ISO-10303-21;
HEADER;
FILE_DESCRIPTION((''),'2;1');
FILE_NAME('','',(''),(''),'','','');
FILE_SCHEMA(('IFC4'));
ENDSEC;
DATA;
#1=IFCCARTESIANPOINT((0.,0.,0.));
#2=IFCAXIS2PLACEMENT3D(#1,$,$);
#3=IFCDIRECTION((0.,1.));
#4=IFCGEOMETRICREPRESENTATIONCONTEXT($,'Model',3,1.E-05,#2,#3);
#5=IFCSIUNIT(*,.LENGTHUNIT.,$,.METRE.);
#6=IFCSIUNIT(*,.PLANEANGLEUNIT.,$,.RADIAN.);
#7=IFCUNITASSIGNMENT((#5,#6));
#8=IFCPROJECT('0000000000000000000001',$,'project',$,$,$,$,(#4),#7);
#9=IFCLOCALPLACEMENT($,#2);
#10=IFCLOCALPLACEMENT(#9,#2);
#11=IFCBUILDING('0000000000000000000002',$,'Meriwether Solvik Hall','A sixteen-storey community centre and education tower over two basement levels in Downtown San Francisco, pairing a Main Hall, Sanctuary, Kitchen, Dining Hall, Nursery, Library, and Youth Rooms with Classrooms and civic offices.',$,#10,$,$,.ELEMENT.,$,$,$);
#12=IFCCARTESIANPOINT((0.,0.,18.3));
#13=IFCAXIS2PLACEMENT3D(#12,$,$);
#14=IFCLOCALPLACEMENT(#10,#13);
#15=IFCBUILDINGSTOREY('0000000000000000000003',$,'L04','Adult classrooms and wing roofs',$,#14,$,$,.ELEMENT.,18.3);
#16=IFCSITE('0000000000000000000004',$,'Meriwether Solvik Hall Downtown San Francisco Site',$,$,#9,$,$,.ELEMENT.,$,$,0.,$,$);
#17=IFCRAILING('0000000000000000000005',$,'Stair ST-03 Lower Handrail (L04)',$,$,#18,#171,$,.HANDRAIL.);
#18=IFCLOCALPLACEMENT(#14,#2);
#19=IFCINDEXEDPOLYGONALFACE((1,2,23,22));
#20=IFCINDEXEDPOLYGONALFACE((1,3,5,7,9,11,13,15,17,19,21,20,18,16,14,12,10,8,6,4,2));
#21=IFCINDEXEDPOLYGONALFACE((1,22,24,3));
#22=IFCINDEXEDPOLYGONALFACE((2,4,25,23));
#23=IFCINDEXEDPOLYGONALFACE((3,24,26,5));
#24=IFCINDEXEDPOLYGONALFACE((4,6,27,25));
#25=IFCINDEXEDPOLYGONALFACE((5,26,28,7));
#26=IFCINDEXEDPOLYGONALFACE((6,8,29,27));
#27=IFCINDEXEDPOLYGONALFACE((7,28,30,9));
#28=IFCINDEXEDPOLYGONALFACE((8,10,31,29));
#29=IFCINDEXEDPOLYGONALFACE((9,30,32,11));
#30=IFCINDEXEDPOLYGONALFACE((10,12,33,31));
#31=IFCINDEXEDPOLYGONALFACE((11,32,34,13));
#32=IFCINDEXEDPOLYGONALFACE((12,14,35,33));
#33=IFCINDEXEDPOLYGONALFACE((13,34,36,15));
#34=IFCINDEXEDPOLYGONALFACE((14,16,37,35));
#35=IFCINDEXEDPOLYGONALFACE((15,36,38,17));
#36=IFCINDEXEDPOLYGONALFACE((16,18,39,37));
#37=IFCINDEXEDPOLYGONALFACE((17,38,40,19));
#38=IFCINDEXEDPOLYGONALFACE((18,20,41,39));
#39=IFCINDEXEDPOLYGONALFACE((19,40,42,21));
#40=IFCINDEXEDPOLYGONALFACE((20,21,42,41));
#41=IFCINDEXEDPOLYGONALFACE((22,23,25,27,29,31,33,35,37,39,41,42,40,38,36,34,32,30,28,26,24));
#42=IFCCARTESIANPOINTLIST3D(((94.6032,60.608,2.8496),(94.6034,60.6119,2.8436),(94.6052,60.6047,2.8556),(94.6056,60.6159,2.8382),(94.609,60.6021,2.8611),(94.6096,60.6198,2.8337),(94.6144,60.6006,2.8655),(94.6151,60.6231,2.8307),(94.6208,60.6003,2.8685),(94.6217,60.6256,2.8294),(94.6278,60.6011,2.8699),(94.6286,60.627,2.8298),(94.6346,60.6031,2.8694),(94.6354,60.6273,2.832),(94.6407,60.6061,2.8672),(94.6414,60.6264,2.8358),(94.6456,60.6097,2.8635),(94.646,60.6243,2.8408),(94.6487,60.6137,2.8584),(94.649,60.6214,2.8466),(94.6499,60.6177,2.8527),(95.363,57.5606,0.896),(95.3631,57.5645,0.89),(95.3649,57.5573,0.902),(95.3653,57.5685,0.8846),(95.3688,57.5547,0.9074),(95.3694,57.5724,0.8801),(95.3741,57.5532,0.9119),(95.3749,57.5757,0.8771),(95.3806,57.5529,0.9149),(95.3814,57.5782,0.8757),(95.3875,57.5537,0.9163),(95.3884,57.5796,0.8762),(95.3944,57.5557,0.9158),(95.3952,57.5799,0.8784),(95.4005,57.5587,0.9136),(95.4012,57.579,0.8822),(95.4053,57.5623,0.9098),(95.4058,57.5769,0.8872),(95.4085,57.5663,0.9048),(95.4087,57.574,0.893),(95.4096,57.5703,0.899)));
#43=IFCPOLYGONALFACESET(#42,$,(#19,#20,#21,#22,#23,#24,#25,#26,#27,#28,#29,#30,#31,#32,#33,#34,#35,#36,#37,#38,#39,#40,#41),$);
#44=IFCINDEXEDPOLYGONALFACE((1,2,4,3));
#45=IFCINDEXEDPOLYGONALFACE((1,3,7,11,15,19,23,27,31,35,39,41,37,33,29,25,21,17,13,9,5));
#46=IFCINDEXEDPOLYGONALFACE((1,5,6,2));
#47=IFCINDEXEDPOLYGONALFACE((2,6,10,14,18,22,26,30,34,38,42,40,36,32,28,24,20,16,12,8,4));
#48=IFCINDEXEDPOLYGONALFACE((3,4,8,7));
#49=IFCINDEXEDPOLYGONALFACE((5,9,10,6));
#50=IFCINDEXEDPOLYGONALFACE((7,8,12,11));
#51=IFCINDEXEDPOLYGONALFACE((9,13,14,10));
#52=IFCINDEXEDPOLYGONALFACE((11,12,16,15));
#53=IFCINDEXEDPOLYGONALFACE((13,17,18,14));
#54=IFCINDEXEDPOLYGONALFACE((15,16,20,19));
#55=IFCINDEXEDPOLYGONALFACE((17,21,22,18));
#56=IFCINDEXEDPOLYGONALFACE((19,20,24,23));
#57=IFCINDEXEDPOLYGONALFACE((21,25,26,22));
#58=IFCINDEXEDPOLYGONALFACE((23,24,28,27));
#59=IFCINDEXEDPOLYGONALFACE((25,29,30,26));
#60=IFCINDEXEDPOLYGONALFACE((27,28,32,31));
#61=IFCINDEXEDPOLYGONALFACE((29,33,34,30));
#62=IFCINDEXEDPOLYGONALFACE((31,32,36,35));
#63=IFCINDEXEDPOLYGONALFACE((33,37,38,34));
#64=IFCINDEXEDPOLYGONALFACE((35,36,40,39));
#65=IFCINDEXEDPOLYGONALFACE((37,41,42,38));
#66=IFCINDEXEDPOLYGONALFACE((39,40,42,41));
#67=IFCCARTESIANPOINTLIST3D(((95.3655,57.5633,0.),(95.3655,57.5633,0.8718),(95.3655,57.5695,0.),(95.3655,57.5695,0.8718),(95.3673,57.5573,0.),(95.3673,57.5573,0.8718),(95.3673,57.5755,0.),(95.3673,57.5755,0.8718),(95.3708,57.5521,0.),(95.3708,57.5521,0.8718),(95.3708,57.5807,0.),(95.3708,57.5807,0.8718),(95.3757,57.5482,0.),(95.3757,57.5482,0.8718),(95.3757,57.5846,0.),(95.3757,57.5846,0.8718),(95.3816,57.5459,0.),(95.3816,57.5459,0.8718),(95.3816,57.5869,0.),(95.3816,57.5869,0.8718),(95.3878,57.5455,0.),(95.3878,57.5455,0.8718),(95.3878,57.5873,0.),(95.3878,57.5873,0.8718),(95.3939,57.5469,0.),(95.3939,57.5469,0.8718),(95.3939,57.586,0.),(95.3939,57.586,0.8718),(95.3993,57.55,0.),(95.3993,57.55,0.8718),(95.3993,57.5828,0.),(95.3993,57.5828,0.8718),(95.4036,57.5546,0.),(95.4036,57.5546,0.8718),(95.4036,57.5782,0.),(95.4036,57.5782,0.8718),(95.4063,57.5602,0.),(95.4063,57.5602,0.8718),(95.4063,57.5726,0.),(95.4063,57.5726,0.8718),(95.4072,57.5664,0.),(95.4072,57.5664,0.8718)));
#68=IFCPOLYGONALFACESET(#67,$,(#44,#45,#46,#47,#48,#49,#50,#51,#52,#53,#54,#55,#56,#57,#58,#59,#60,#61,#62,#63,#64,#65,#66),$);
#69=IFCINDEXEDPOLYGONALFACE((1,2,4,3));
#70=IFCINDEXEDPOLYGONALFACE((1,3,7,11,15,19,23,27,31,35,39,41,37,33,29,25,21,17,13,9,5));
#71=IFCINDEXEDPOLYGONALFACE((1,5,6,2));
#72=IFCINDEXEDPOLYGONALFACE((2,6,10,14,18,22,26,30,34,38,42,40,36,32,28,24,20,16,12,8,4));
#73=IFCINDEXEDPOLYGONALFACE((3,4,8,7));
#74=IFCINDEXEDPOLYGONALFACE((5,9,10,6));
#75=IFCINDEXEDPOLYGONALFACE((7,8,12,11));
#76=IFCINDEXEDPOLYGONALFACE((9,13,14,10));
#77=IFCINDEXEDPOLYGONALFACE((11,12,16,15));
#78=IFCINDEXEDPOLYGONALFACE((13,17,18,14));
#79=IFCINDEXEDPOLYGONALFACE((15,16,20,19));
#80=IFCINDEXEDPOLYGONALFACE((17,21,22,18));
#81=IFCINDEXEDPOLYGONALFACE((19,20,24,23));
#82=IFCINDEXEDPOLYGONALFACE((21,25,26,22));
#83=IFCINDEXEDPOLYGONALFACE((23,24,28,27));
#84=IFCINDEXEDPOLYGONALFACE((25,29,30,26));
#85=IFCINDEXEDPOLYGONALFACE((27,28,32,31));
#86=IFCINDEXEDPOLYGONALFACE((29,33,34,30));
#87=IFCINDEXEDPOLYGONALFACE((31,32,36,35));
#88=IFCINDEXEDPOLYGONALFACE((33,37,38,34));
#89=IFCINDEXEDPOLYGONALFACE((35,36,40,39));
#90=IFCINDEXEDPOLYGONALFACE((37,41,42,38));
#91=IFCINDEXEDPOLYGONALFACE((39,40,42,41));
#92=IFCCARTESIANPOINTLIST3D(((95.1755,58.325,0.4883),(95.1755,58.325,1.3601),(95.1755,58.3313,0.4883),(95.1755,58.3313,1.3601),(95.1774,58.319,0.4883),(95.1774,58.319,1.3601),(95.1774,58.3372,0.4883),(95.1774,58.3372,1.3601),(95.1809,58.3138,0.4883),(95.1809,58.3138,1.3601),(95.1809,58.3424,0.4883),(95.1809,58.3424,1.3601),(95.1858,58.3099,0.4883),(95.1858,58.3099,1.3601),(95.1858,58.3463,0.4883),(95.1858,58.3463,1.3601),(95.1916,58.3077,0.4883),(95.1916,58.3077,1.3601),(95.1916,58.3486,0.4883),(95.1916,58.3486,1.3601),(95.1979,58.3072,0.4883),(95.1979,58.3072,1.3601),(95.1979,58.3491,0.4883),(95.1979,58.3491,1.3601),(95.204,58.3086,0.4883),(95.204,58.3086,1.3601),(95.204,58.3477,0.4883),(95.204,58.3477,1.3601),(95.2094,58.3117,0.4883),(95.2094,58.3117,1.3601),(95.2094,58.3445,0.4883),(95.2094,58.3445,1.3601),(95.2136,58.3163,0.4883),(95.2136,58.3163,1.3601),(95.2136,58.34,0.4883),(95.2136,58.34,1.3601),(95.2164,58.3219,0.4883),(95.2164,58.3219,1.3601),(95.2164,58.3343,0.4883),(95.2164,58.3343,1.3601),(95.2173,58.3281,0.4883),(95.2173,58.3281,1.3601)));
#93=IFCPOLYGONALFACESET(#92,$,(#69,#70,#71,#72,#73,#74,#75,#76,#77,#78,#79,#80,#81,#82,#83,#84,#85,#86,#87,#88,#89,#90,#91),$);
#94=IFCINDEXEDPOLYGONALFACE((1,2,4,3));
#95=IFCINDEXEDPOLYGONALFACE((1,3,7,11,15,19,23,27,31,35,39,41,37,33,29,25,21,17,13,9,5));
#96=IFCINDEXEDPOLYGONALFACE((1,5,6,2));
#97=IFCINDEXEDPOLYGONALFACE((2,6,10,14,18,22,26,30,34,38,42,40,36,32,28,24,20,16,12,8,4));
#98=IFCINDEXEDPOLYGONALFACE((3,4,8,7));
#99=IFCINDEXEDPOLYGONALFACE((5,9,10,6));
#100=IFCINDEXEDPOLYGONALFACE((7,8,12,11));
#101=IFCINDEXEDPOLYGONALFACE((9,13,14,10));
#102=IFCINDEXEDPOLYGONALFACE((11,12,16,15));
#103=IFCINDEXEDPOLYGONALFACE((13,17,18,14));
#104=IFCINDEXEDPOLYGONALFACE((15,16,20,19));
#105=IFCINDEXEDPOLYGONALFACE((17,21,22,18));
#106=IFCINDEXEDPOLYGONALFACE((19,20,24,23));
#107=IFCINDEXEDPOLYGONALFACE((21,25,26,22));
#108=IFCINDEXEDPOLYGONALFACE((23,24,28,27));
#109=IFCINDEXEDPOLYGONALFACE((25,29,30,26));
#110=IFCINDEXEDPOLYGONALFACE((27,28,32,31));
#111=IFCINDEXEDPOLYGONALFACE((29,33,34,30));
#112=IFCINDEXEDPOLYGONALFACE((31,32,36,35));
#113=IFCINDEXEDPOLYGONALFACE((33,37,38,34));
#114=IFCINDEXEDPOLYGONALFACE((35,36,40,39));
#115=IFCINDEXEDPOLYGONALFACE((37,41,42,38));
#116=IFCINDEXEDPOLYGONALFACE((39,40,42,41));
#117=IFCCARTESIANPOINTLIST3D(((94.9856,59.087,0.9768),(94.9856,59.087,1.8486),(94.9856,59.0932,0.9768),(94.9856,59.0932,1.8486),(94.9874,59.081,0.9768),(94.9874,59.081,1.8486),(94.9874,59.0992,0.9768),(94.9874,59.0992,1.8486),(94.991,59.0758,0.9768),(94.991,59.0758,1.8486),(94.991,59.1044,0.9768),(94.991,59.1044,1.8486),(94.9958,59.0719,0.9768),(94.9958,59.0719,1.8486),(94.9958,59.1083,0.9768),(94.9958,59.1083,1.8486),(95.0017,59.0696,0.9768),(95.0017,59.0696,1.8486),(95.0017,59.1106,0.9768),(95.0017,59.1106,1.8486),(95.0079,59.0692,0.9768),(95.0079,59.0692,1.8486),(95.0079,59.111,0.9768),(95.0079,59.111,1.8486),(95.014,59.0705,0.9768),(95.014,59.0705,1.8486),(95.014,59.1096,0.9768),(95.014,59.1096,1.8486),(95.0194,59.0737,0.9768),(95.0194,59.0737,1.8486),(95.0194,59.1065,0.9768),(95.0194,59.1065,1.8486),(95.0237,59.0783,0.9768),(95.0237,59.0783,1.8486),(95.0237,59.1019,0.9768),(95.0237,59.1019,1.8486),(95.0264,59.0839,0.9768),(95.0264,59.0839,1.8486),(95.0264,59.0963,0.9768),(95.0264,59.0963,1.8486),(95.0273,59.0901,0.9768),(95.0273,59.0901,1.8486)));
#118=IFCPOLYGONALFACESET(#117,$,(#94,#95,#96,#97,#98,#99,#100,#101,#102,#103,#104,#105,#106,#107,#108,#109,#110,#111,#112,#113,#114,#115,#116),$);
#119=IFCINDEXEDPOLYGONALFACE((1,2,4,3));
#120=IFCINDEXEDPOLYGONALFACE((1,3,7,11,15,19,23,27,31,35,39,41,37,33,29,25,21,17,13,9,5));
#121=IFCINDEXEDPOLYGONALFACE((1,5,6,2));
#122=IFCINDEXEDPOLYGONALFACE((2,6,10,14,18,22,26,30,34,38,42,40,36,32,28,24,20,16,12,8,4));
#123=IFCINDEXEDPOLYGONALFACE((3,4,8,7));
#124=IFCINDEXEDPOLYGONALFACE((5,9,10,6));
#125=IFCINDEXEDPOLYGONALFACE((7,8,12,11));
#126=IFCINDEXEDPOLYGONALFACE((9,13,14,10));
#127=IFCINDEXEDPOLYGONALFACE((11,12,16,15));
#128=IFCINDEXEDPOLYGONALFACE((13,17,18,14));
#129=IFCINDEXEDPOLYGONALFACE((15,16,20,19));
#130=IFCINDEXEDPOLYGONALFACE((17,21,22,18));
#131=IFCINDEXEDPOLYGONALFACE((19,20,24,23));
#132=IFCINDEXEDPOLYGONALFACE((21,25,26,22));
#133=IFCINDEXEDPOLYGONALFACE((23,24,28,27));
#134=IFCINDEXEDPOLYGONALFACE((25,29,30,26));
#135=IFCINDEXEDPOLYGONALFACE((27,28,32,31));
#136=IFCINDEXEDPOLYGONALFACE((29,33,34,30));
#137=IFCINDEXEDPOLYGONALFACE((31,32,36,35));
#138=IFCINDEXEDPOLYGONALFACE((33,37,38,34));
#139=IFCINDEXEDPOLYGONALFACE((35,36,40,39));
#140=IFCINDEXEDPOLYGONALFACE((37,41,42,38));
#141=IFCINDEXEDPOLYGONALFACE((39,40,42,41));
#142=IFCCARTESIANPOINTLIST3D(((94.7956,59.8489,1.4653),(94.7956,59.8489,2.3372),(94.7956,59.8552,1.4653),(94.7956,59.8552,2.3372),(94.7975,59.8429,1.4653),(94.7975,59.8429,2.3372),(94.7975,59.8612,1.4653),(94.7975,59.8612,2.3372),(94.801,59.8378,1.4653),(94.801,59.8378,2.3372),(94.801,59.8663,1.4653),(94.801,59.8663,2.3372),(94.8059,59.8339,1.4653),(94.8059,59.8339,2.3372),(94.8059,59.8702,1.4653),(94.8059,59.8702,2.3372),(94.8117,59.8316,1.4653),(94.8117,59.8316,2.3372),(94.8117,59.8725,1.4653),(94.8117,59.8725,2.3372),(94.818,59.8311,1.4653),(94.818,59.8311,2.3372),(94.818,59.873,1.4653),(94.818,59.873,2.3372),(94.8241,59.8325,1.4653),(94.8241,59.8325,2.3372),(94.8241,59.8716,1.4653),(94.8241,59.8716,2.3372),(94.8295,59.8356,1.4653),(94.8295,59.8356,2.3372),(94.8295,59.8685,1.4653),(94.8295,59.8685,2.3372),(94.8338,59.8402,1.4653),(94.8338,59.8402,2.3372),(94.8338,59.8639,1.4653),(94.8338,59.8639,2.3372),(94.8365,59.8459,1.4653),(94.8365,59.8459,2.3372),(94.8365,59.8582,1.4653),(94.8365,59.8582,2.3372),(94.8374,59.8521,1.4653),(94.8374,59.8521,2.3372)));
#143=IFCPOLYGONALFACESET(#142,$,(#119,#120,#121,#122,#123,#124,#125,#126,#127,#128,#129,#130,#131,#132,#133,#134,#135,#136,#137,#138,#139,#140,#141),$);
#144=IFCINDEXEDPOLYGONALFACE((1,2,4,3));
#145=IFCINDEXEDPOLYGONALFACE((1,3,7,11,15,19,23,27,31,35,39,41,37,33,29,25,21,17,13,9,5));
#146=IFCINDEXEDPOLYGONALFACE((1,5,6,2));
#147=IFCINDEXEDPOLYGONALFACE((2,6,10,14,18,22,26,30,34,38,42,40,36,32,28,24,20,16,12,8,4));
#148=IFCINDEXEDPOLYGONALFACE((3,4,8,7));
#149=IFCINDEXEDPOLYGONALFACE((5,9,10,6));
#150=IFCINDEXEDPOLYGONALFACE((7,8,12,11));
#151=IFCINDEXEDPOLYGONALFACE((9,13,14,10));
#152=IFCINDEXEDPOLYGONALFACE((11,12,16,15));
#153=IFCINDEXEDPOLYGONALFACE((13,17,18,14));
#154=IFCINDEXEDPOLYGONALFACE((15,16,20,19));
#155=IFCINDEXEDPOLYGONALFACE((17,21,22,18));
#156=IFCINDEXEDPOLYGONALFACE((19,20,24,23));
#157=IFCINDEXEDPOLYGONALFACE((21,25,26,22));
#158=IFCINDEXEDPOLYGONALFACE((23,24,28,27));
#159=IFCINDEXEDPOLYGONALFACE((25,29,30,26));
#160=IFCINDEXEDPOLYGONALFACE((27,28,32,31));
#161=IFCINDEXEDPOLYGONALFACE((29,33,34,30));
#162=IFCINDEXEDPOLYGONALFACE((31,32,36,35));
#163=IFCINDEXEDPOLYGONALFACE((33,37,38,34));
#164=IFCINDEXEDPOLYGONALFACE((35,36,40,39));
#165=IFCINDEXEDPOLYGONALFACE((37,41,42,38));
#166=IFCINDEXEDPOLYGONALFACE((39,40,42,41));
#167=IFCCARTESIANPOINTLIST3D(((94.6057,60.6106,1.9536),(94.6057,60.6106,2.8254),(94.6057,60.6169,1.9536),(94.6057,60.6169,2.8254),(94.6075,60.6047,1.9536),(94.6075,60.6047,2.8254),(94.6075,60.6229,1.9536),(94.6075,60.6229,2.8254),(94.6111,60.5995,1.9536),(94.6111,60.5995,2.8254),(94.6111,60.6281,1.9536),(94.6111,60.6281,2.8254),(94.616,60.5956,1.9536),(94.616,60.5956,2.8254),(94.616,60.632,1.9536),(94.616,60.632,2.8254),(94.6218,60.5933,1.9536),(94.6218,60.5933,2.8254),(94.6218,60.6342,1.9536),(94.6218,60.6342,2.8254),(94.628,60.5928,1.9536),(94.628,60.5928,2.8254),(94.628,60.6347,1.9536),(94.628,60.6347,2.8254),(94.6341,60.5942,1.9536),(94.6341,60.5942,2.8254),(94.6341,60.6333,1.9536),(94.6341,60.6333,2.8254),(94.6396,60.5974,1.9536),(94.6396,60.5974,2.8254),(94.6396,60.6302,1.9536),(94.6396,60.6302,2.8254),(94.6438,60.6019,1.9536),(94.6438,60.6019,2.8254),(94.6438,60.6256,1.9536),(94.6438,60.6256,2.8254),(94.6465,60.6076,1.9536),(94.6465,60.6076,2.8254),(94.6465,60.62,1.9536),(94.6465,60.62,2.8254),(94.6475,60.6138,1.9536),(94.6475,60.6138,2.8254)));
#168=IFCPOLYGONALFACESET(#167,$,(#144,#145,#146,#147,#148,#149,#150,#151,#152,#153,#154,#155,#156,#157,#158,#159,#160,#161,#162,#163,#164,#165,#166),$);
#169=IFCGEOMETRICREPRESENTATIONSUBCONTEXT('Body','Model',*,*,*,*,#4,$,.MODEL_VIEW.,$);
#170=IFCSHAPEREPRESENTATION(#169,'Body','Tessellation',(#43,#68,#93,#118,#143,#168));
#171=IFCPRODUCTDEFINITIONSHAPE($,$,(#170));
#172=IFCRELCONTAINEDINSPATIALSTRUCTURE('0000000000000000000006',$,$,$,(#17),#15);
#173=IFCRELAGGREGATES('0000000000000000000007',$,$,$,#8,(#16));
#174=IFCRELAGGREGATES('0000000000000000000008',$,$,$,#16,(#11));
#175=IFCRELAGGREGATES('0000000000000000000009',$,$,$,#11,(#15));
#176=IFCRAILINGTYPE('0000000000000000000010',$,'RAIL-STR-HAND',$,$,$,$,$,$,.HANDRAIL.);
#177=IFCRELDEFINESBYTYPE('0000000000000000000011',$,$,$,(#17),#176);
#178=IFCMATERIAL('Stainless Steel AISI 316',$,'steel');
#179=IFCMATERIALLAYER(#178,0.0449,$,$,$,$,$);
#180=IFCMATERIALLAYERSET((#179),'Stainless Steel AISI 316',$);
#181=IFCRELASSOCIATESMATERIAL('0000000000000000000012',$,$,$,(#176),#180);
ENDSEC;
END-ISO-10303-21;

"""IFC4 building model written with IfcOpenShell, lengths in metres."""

from ifc_helpers import new_model, si_unit, direction, frame, origin, origin_2d, place, context, subcontext, project, spatial, circle, extrude, material, layer, layer_set, type_object, element, save


model = new_model("IFC4")

# Units and contexts
model_context = context("Model", 3, precision=1e-05, world=origin(), true_north=direction((0.0, 1.0)))
body_context = subcontext(model_context, "Body", "Model", "MODEL_VIEW")
ifc_project = project(units=[si_unit("LENGTHUNIT", "METRE"), si_unit("PLANEANGLEUNIT", "RADIAN")], contexts=[model_context])

# Site, building, storey
site_placement = place(None, origin())
site = spatial("IfcSite", under=ifc_project, at=site_placement, Name="Meriwether Solvik Hall Downtown San Francisco Site", CompositionType="ELEMENT", RefElevation=0.0)
building_placement = place(site_placement, origin())
building = spatial("IfcBuilding", under=site, at=building_placement, Name="Meriwether Solvik Hall", Description="A sixteen-storey community centre and education tower over two basement levels in Downtown San Francisco, pairing a Main Hall, Sanctuary, Kitchen, Dining Hall, Nursery, Library, and Youth Rooms with Classrooms and civic offices.", CompositionType="ELEMENT")
storey_placement = place(building_placement, frame((0.0, 0.0, 18.3)))
storey = spatial("IfcBuildingStorey", under=building, at=storey_placement, Name="L04", Description="Adult classrooms and wing roofs", CompositionType="ELEMENT", Elevation=18.3)

# Railing
ifc_material_1 = material(Name="Stainless Steel AISI 316", Category="steel")
ifc_layer_1 = layer(ifc_material_1, 0.0449)
ifc_layer_set_1 = layer_set([ifc_layer_1], Name="Stainless Steel AISI 316")
railing_type_1 = type_object("IfcRailingType", Name="RAIL-STR-HAND", PredefinedType="HANDRAIL", material=ifc_layer_set_1)
railing_1_placement = place(storey_placement, frame((95.3862, 57.5664, 0.0)))
element("IfcRailing", 1, at=railing_1_placement, inside=storey, type_object=railing_type_1, Name="Stair ST-03 Lower Handrail (L04)", PredefinedType="HANDRAIL", context=body_context, shape_type="SweptSolid", body=[
    extrude(circle(Radius=0.0239, at=origin_2d()), frame((0.0, 0.0, 0.896), z_axis=(-0.205415, 0.823904, 0.528191), x_axis=(-0.970298, -0.241914, 0.0)), (0.0, 0.0, 1.0), 3.6987),
    extrude(circle(Radius=0.021, at=origin_2d()), origin(), (0.0, 0.0, 1.0), 0.8718),
    extrude(circle(Radius=0.021, at=origin_2d()), frame((-0.1899, 0.7617, 0.4883)), (0.0, 0.0, 1.0), 0.8718),
    extrude(circle(Radius=0.021, at=origin_2d()), frame((-0.3799, 1.5237, 0.9768)), (0.0, 0.0, 1.0), 0.8718),
    extrude(circle(Radius=0.021, at=origin_2d()), frame((-0.5698, 2.2856, 1.4653)), (0.0, 0.0, 1.0), 0.8718),
    extrude(circle(Radius=0.021, at=origin_2d()), frame((-0.7598, 3.0474, 1.9536)), (0.0, 0.0, 1.0), 0.8718),
])

save(model, "model.ifc")
